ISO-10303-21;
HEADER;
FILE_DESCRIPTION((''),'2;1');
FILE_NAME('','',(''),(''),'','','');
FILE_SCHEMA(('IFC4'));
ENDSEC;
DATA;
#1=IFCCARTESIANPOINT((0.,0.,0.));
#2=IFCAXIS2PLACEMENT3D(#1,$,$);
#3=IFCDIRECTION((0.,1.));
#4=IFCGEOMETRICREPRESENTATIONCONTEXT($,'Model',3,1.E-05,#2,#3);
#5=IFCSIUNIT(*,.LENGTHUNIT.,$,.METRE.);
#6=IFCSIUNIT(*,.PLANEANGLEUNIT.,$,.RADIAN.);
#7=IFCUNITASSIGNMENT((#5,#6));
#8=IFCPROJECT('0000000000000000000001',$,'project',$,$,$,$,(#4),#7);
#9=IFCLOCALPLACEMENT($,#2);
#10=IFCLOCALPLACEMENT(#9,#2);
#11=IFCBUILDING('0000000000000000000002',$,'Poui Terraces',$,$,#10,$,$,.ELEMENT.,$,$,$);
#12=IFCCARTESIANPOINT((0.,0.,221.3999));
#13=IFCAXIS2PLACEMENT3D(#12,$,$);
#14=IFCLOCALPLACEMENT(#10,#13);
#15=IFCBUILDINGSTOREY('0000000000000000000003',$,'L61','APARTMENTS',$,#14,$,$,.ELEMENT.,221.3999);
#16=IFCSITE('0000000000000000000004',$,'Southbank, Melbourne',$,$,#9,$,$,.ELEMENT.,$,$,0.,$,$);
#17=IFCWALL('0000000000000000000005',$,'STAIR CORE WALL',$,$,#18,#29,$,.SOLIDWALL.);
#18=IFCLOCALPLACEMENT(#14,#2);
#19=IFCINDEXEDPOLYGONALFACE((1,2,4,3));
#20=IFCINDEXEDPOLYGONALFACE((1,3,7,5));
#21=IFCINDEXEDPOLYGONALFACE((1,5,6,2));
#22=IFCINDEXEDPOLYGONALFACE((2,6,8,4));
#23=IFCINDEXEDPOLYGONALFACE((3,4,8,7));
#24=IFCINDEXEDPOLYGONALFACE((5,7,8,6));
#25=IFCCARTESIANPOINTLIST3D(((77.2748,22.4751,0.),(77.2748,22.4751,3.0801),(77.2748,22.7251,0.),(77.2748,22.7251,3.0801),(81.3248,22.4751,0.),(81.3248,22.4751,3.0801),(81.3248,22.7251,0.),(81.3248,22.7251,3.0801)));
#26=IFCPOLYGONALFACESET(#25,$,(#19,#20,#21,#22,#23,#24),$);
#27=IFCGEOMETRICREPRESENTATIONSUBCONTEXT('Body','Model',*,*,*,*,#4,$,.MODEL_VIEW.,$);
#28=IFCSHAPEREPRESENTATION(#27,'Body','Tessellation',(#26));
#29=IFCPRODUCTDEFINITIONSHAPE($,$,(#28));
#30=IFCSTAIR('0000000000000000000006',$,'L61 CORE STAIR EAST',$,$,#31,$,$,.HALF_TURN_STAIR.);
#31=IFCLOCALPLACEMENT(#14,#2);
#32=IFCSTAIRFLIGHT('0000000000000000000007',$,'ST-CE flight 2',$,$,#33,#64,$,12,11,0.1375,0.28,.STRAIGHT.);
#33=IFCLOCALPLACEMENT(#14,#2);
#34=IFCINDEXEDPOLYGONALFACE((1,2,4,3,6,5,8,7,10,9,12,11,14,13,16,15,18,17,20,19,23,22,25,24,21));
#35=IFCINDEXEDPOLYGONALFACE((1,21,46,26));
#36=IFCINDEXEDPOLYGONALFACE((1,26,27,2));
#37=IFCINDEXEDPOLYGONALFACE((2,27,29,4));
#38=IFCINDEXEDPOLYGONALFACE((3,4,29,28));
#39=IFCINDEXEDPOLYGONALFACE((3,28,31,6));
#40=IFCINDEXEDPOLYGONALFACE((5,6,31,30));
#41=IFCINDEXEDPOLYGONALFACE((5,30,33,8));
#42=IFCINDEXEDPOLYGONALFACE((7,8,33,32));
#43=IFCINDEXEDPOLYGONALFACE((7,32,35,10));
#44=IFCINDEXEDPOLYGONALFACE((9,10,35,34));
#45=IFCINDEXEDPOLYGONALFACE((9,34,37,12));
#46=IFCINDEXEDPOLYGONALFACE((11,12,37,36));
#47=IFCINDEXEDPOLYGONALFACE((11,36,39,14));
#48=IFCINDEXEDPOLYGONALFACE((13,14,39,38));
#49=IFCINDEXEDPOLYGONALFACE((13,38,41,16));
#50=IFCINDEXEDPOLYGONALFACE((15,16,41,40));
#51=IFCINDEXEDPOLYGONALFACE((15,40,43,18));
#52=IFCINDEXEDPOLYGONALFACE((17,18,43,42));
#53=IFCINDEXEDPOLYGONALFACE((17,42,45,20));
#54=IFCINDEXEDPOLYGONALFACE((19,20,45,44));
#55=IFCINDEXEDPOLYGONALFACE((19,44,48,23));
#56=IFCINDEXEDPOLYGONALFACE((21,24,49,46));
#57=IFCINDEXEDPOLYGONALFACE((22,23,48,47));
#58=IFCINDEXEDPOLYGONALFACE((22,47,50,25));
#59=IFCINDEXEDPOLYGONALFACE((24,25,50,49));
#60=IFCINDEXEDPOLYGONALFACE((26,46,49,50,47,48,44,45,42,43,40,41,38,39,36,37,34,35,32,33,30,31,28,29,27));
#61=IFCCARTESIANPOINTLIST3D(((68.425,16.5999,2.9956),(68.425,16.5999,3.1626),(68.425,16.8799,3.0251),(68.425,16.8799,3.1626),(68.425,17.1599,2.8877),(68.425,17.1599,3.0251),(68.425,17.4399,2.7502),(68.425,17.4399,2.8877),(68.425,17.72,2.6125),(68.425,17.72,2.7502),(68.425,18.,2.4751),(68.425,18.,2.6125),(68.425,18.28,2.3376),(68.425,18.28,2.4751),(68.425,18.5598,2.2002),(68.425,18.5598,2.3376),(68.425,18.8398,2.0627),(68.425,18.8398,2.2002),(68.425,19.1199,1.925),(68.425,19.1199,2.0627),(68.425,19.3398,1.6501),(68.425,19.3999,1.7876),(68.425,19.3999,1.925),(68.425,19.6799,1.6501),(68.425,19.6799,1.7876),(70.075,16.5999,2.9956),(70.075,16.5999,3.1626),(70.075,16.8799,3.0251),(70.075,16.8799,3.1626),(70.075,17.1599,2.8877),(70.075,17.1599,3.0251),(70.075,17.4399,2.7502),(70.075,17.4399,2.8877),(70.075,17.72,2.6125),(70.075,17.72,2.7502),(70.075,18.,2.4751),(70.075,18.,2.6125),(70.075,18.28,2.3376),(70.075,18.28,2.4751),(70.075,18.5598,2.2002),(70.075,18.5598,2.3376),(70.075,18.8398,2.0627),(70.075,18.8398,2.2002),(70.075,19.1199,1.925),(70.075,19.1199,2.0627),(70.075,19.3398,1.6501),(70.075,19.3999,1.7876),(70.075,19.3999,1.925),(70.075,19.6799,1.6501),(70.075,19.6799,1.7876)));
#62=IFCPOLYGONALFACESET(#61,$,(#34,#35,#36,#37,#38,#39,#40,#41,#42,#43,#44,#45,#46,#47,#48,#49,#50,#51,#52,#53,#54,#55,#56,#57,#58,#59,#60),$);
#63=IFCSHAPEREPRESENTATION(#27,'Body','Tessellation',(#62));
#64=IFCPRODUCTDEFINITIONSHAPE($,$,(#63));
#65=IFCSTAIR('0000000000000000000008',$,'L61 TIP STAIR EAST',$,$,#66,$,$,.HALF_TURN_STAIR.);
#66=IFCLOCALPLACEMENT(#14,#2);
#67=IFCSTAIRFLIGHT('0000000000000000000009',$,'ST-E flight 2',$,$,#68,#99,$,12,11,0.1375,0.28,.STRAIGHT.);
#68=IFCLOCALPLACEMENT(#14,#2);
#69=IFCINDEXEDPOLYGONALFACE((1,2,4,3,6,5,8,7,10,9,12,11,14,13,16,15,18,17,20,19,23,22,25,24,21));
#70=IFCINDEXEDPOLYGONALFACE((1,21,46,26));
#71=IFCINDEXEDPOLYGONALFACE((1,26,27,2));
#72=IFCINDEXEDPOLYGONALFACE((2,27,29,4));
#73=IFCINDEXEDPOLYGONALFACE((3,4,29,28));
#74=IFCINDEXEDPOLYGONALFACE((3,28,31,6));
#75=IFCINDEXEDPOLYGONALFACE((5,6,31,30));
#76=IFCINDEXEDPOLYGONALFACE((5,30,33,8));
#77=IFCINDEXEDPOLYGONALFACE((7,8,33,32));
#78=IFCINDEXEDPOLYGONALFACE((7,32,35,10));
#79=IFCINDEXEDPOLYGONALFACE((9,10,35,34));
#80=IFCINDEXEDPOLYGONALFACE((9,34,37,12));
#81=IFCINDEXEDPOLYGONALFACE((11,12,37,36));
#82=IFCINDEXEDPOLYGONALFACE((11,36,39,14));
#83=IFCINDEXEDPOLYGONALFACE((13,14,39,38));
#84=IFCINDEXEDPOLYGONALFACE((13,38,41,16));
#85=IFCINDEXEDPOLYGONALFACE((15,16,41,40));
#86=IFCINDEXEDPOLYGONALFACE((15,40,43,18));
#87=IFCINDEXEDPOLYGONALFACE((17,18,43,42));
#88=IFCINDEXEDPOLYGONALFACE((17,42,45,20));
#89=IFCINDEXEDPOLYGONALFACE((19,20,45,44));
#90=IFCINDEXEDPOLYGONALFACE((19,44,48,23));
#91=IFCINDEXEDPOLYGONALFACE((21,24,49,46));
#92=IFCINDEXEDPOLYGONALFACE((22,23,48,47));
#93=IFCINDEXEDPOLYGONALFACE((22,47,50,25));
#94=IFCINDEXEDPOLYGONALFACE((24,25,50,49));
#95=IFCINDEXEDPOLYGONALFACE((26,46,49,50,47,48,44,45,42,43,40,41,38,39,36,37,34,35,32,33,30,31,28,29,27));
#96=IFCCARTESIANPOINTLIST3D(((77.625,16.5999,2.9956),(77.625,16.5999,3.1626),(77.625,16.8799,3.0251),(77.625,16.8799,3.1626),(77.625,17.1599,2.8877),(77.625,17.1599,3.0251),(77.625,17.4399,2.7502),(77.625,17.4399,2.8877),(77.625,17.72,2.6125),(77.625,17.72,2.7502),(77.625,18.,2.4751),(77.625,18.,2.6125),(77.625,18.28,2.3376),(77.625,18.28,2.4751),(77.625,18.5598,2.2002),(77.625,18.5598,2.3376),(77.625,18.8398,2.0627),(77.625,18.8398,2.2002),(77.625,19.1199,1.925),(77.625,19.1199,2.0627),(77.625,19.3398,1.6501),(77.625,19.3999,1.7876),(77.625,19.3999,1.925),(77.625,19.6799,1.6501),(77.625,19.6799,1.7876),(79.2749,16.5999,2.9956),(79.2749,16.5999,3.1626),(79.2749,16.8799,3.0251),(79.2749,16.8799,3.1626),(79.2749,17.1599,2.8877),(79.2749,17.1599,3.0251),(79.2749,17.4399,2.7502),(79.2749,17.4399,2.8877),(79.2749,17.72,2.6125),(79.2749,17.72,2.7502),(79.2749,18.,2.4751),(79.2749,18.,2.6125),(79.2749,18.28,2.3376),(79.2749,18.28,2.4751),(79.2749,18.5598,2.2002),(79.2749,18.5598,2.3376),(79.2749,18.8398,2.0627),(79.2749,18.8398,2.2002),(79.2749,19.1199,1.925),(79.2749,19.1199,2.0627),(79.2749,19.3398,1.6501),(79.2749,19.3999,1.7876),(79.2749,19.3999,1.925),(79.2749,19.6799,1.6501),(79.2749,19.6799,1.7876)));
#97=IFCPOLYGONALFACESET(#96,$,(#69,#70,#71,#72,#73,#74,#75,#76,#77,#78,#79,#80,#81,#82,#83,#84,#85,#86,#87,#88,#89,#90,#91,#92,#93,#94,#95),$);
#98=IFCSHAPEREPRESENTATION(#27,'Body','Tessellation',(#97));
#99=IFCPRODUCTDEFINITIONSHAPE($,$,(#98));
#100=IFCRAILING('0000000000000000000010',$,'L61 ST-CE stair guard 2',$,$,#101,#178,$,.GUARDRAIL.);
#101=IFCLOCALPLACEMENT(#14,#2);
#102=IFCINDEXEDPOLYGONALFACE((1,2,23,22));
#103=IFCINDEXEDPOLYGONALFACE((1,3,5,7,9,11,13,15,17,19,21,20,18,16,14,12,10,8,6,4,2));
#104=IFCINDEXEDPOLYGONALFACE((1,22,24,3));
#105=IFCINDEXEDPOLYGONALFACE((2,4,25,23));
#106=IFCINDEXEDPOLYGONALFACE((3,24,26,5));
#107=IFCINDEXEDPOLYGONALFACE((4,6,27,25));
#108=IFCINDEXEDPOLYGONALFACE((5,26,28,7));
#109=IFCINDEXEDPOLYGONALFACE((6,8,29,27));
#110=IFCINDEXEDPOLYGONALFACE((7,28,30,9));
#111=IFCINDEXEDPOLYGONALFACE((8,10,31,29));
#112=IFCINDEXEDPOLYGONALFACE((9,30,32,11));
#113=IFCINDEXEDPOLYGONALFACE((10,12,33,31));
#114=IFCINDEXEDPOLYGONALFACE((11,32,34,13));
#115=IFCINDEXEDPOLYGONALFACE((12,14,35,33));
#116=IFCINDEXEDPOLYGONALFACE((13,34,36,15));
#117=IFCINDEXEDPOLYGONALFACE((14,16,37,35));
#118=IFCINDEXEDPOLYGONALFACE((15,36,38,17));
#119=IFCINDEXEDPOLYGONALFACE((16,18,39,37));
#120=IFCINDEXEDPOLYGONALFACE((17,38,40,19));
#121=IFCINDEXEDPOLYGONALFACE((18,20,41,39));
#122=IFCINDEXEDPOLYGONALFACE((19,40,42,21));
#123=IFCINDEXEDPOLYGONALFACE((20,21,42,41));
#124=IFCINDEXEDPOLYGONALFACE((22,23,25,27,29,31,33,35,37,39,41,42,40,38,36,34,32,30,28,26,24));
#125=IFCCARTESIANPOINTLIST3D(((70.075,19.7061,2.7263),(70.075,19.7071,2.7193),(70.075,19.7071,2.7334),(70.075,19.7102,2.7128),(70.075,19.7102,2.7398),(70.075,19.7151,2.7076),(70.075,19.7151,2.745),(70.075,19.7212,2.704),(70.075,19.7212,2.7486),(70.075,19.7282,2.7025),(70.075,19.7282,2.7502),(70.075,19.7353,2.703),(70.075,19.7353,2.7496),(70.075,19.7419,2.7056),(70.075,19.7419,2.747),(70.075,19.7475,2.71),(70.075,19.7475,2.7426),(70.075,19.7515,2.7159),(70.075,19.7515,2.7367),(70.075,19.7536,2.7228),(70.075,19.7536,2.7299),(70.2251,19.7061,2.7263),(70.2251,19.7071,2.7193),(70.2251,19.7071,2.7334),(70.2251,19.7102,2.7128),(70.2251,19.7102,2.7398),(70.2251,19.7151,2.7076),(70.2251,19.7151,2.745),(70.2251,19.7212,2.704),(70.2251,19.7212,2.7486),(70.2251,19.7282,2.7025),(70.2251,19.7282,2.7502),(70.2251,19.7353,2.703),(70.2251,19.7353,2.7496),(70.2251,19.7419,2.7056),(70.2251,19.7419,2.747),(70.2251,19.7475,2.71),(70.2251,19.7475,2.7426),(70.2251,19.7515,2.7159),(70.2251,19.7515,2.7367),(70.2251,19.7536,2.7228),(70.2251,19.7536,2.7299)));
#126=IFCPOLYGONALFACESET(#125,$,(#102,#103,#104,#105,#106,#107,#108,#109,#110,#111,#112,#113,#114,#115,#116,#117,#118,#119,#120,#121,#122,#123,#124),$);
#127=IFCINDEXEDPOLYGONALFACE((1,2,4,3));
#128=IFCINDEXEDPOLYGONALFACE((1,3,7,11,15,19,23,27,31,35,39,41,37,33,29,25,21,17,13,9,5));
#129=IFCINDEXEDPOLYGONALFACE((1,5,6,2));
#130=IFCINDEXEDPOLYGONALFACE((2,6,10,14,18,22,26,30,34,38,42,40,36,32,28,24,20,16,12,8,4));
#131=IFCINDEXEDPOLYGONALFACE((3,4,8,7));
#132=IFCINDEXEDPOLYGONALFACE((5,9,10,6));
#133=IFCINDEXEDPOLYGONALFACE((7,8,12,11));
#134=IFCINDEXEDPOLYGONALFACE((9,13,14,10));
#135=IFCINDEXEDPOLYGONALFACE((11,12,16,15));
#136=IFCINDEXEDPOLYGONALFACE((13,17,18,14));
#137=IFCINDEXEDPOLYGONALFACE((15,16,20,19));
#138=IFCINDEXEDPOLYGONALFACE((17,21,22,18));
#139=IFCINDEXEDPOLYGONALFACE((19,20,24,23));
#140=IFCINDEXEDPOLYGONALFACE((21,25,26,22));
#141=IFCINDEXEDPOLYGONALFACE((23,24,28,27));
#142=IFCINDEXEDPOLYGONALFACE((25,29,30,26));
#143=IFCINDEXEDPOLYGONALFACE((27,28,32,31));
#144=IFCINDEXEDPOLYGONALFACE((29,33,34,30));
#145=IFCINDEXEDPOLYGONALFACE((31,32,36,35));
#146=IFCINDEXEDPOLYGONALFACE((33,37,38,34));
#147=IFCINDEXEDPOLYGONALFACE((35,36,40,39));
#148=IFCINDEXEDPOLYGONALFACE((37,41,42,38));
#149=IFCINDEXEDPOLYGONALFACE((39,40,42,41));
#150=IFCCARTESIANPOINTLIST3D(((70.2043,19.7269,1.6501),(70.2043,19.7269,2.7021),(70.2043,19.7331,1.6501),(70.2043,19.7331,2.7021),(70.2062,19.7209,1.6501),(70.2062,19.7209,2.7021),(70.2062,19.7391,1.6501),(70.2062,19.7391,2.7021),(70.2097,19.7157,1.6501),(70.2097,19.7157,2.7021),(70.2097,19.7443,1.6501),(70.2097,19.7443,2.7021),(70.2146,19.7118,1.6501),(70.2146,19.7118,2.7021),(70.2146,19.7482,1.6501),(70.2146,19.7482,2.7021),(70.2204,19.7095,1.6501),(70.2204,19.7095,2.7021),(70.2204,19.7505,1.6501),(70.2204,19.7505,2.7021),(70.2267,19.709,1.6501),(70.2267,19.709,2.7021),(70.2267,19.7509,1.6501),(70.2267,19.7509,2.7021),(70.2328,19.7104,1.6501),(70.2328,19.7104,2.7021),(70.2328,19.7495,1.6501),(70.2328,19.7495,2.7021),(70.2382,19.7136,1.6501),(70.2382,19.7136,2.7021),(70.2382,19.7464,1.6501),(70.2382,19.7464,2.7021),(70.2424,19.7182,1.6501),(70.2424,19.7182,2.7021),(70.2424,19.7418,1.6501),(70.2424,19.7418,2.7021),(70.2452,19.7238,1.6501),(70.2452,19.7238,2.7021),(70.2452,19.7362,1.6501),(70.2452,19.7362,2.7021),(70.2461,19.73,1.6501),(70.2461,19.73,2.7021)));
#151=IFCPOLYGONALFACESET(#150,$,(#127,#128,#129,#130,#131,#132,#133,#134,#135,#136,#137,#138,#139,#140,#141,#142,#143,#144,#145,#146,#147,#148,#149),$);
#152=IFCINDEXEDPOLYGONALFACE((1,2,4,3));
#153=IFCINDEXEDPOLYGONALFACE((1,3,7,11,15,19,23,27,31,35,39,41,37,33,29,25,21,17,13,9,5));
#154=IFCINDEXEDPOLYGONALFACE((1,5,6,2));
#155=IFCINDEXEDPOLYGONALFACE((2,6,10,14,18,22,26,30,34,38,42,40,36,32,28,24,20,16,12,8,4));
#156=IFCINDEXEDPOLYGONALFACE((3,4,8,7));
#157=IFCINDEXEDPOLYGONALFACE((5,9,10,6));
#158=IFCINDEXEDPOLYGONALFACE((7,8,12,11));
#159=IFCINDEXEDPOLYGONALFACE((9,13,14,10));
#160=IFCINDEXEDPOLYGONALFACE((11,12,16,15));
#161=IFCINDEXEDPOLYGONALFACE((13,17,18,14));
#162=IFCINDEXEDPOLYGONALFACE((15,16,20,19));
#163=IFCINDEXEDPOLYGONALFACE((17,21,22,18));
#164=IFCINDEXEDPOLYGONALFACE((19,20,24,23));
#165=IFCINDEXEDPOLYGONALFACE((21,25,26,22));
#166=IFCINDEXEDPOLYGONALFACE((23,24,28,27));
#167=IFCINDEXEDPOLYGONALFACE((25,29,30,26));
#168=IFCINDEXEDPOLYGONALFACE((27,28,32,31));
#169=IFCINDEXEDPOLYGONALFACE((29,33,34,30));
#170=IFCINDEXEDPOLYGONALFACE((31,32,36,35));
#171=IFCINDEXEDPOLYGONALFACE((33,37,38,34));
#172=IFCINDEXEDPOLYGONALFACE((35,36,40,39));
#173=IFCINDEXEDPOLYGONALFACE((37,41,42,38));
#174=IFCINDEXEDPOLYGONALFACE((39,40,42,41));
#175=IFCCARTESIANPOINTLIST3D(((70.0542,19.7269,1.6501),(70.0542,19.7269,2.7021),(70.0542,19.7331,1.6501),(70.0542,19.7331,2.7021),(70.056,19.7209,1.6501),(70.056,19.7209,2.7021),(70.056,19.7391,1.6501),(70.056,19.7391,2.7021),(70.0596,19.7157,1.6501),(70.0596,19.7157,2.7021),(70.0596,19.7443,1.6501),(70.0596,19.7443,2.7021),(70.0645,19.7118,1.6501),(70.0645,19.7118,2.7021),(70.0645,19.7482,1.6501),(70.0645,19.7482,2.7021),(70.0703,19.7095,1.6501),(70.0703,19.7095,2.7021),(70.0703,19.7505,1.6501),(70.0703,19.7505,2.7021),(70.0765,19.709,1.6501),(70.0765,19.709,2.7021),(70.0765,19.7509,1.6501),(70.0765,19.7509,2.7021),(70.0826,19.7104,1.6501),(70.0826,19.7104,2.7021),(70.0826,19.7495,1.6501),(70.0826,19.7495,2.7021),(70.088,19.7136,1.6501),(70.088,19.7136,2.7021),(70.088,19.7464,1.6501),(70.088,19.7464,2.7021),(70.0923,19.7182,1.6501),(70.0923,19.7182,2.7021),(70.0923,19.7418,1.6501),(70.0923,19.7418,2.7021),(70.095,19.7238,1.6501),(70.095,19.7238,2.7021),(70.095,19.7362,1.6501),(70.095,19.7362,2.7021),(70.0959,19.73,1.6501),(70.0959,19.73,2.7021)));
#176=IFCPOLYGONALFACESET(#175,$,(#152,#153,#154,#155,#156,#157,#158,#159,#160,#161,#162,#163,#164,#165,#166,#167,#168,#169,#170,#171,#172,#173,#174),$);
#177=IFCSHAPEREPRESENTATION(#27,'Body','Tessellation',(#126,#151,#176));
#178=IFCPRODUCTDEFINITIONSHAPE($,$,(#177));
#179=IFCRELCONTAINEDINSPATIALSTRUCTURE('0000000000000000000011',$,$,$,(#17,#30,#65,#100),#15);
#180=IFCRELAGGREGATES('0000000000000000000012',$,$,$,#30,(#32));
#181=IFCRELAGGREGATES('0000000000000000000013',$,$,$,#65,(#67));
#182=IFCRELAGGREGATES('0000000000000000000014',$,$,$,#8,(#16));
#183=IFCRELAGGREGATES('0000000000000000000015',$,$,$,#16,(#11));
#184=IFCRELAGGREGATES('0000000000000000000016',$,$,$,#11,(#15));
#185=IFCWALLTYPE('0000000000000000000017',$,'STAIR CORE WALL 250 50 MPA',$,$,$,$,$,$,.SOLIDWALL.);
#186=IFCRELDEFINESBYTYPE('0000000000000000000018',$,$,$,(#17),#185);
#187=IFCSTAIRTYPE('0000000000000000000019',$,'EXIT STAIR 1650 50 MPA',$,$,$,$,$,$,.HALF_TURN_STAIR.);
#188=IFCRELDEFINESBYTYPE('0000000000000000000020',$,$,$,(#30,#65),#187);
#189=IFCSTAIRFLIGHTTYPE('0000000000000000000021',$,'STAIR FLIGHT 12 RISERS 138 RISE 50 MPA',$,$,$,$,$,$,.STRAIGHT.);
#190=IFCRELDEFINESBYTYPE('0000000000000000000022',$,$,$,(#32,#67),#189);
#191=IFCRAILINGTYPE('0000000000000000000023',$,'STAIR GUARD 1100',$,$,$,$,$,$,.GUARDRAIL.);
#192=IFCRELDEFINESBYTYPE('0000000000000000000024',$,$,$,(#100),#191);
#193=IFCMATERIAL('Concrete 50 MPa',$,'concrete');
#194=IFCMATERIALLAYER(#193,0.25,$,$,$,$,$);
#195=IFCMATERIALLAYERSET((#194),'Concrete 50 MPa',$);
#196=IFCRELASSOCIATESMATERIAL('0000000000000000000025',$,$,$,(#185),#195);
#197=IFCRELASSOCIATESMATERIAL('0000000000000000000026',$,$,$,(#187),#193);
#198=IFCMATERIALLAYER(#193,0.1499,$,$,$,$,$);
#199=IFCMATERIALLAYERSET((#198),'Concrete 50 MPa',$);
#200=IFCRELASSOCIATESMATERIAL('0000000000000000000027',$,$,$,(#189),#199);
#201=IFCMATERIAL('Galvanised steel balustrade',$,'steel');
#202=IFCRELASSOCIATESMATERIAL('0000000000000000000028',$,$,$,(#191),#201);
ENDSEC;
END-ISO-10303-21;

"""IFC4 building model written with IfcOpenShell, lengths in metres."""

from ifc_helpers import new_model, si_unit, direction, frame, frame_2d, origin, origin_2d, place, context, subcontext, project, spatial, polyline, rectangle, circle, outline, extrude, material, layer, layer_set, type_object, element, aggregate, save


model = new_model("IFC4")

# Units and contexts
model_context = context("Model", 3, precision=1e-05, world=origin(), true_north=direction((0.0, 1.0)))
body_context = subcontext(model_context, "Body", "Model", "MODEL_VIEW")
ifc_project = project(units=[si_unit("LENGTHUNIT", "METRE"), si_unit("PLANEANGLEUNIT", "RADIAN")], contexts=[model_context])

# Site, building, storey
site_placement = place(None, origin())
site = spatial("IfcSite", under=ifc_project, at=site_placement, Name="Southbank, Melbourne", CompositionType="ELEMENT", RefElevation=0.0)
building_placement = place(site_placement, origin())
building = spatial("IfcBuilding", under=site, at=building_placement, Name="Poui Terraces", CompositionType="ELEMENT")
storey_placement = place(building_placement, frame((0.0, 0.0, 221.3999)))
storey = spatial("IfcBuildingStorey", under=building, at=storey_placement, Name="L61", Description="APARTMENTS", CompositionType="ELEMENT", Elevation=221.3999)

# Shared definitions
ifc_material_1 = material(Name="Concrete 50 MPa", Category="concrete")

# Wall
ifc_layer_1 = layer(ifc_material_1, 0.25)
ifc_layer_set_1 = layer_set([ifc_layer_1], Name="Concrete 50 MPa")
wall_type_1 = type_object("IfcWallType", Name="STAIR CORE WALL 250 50 MPA", PredefinedType="SOLIDWALL", material=ifc_layer_set_1)
for number, where, z_axis, x_axis, name in (
    (1, (77.2749, 22.6001, 0.0), (0.0, 0.0, 1.0), (1.0, 0.0, 0.0), "STAIR CORE WALL"),
):
    element("IfcWall", number, at=place(storey_placement, frame(where, z_axis=z_axis, x_axis=x_axis)), inside=storey, type_object=wall_type_1, Name=name, PredefinedType="SOLIDWALL", context=body_context, shape_type="SweptSolid", body=[
        extrude(rectangle(XDim=4.05, YDim=0.25, at=frame_2d((2.0249, 0.0))), origin(), (0.0, 0.0, 1.0), 3.0801),
    ])

# Stairs, stair flights
stair_type = type_object("IfcStairType", Name="EXIT STAIR 1650 50 MPA", PredefinedType="HALF_TURN_STAIR", material=ifc_material_1)
stair_1_placement = place(storey_placement, origin())
stair_1 = element("IfcStair", 2, at=stair_1_placement, inside=storey, type_object=stair_type, Name="L61 CORE STAIR EAST", PredefinedType="HALF_TURN_STAIR")
ifc_layer_2 = layer(ifc_material_1, 0.1499)
ifc_layer_set_2 = layer_set([ifc_layer_2], Name="Concrete 50 MPa")
stair_flight_type = type_object("IfcStairFlightType", Name="STAIR FLIGHT 12 RISERS 138 RISE 50 MPA", PredefinedType="STRAIGHT", material=ifc_layer_set_2)
stair_flight_1_placement = place(storey_placement, frame((69.25, 19.6799, 1.6501), z_axis=(0.0, 0.0, 1.0), x_axis=(0.0, -1.0, 0.0)))
stair_flight_1 = element("IfcStairFlight", 3, at=stair_flight_1_placement, type_object=stair_flight_type, Name="ST-CE flight 2", NumberOfRisers=12, NumberOfTreads=11, PredefinedType="STRAIGHT", RiserHeight=0.1375, TreadLength=0.28, context=body_context, shape_type="SweptSolid", body=[
    extrude(outline(polyline([(0.0, 0.0), (0.0, 0.1375), (0.28, 0.1375), (0.28, 0.2749), (0.5601, 0.2749), (0.5601, 0.4126), (0.8401, 0.4126), (0.8401, 0.55), (1.1201, 0.55), (1.1201, 0.6875), (1.3999, 0.6875), (1.3999, 0.825), (1.6799, 0.825), (1.6799, 0.9624), (1.96, 0.9624), (1.96, 1.1001), (2.24, 1.1001), (2.24, 1.2375), (2.52, 1.2375), (2.52, 1.375), (2.8, 1.375), (2.8, 1.5125), (3.0801, 1.5125), (3.0801, 1.6499), (3.0801, 1.3455), (0.3401, 0.0), (0.0, 0.0)])), frame((0.0, 0.825, 0.0), z_axis=(0.0, -1.0, 0.0), x_axis=(1.0, 0.0, 0.0)), (0.0, 0.0, 1.0), 1.6499),
])
aggregate(stair_1, [stair_flight_1])
stair_2_placement = place(storey_placement, origin())
stair_2 = element("IfcStair", 4, at=stair_2_placement, inside=storey, type_object=stair_type, Name="L61 TIP STAIR EAST", PredefinedType="HALF_TURN_STAIR")
stair_flight_2_placement = place(storey_placement, frame((78.45, 19.6799, 1.6501), z_axis=(0.0, 0.0, 1.0), x_axis=(0.0, -1.0, 0.0)))
stair_flight_2 = element("IfcStairFlight", 5, at=stair_flight_2_placement, type_object=stair_flight_type, Name="ST-E flight 2", NumberOfRisers=12, NumberOfTreads=11, PredefinedType="STRAIGHT", RiserHeight=0.1375, TreadLength=0.28, context=body_context, shape_type="SweptSolid", body=[
    extrude(outline(polyline([(0.0, 0.0), (0.0, 0.1375), (0.28, 0.1375), (0.28, 0.2749), (0.5601, 0.2749), (0.5601, 0.4126), (0.8401, 0.4126), (0.8401, 0.55), (1.1201, 0.55), (1.1201, 0.6875), (1.3999, 0.6875), (1.3999, 0.825), (1.6799, 0.825), (1.6799, 0.9624), (1.96, 0.9624), (1.96, 1.1001), (2.24, 1.1001), (2.24, 1.2375), (2.52, 1.2375), (2.52, 1.375), (2.8, 1.375), (2.8, 1.5125), (3.0801, 1.5125), (3.0801, 1.6499), (3.0801, 1.3455), (0.3401, 0.0), (0.0, 0.0)])), frame((0.0, 0.825, 0.0), z_axis=(0.0, -1.0, 0.0), x_axis=(1.0, 0.0, 0.0)), (0.0, 0.0, 1.0), 1.6499),
])
aggregate(stair_2, [stair_flight_2])

# Railing
ifc_material_2 = material(Name="Galvanised steel balustrade", Category="steel")
railing_type_1 = type_object("IfcRailingType", Name="STAIR GUARD 1100", PredefinedType="GUARDRAIL", material=ifc_material_2)
railing_1_placement = place(storey_placement, frame((70.2251, 19.73, 1.6501)))
element("IfcRailing", 6, at=railing_1_placement, inside=storey, type_object=railing_type_1, Name="L61 ST-CE stair guard 2", PredefinedType="GUARDRAIL", context=body_context, shape_type="SweptSolid", body=[
    extrude(circle(Radius=0.0239, at=origin_2d()), frame((0.0, 0.0, 1.0762), z_axis=(-1.0, 0.0, 0.0), x_axis=(0.0, -1.0, 0.0)), (0.0, 0.0, 1.0), 0.1501),
    extrude(circle(Radius=0.021, at=origin_2d()), origin(), (0.0, 0.0, 1.0), 1.052),
    extrude(circle(Radius=0.021, at=origin_2d()), frame((-0.1501, 0.0, 0.0)), (0.0, 0.0, 1.0), 1.052),
])

save(model, "model.ifc")
